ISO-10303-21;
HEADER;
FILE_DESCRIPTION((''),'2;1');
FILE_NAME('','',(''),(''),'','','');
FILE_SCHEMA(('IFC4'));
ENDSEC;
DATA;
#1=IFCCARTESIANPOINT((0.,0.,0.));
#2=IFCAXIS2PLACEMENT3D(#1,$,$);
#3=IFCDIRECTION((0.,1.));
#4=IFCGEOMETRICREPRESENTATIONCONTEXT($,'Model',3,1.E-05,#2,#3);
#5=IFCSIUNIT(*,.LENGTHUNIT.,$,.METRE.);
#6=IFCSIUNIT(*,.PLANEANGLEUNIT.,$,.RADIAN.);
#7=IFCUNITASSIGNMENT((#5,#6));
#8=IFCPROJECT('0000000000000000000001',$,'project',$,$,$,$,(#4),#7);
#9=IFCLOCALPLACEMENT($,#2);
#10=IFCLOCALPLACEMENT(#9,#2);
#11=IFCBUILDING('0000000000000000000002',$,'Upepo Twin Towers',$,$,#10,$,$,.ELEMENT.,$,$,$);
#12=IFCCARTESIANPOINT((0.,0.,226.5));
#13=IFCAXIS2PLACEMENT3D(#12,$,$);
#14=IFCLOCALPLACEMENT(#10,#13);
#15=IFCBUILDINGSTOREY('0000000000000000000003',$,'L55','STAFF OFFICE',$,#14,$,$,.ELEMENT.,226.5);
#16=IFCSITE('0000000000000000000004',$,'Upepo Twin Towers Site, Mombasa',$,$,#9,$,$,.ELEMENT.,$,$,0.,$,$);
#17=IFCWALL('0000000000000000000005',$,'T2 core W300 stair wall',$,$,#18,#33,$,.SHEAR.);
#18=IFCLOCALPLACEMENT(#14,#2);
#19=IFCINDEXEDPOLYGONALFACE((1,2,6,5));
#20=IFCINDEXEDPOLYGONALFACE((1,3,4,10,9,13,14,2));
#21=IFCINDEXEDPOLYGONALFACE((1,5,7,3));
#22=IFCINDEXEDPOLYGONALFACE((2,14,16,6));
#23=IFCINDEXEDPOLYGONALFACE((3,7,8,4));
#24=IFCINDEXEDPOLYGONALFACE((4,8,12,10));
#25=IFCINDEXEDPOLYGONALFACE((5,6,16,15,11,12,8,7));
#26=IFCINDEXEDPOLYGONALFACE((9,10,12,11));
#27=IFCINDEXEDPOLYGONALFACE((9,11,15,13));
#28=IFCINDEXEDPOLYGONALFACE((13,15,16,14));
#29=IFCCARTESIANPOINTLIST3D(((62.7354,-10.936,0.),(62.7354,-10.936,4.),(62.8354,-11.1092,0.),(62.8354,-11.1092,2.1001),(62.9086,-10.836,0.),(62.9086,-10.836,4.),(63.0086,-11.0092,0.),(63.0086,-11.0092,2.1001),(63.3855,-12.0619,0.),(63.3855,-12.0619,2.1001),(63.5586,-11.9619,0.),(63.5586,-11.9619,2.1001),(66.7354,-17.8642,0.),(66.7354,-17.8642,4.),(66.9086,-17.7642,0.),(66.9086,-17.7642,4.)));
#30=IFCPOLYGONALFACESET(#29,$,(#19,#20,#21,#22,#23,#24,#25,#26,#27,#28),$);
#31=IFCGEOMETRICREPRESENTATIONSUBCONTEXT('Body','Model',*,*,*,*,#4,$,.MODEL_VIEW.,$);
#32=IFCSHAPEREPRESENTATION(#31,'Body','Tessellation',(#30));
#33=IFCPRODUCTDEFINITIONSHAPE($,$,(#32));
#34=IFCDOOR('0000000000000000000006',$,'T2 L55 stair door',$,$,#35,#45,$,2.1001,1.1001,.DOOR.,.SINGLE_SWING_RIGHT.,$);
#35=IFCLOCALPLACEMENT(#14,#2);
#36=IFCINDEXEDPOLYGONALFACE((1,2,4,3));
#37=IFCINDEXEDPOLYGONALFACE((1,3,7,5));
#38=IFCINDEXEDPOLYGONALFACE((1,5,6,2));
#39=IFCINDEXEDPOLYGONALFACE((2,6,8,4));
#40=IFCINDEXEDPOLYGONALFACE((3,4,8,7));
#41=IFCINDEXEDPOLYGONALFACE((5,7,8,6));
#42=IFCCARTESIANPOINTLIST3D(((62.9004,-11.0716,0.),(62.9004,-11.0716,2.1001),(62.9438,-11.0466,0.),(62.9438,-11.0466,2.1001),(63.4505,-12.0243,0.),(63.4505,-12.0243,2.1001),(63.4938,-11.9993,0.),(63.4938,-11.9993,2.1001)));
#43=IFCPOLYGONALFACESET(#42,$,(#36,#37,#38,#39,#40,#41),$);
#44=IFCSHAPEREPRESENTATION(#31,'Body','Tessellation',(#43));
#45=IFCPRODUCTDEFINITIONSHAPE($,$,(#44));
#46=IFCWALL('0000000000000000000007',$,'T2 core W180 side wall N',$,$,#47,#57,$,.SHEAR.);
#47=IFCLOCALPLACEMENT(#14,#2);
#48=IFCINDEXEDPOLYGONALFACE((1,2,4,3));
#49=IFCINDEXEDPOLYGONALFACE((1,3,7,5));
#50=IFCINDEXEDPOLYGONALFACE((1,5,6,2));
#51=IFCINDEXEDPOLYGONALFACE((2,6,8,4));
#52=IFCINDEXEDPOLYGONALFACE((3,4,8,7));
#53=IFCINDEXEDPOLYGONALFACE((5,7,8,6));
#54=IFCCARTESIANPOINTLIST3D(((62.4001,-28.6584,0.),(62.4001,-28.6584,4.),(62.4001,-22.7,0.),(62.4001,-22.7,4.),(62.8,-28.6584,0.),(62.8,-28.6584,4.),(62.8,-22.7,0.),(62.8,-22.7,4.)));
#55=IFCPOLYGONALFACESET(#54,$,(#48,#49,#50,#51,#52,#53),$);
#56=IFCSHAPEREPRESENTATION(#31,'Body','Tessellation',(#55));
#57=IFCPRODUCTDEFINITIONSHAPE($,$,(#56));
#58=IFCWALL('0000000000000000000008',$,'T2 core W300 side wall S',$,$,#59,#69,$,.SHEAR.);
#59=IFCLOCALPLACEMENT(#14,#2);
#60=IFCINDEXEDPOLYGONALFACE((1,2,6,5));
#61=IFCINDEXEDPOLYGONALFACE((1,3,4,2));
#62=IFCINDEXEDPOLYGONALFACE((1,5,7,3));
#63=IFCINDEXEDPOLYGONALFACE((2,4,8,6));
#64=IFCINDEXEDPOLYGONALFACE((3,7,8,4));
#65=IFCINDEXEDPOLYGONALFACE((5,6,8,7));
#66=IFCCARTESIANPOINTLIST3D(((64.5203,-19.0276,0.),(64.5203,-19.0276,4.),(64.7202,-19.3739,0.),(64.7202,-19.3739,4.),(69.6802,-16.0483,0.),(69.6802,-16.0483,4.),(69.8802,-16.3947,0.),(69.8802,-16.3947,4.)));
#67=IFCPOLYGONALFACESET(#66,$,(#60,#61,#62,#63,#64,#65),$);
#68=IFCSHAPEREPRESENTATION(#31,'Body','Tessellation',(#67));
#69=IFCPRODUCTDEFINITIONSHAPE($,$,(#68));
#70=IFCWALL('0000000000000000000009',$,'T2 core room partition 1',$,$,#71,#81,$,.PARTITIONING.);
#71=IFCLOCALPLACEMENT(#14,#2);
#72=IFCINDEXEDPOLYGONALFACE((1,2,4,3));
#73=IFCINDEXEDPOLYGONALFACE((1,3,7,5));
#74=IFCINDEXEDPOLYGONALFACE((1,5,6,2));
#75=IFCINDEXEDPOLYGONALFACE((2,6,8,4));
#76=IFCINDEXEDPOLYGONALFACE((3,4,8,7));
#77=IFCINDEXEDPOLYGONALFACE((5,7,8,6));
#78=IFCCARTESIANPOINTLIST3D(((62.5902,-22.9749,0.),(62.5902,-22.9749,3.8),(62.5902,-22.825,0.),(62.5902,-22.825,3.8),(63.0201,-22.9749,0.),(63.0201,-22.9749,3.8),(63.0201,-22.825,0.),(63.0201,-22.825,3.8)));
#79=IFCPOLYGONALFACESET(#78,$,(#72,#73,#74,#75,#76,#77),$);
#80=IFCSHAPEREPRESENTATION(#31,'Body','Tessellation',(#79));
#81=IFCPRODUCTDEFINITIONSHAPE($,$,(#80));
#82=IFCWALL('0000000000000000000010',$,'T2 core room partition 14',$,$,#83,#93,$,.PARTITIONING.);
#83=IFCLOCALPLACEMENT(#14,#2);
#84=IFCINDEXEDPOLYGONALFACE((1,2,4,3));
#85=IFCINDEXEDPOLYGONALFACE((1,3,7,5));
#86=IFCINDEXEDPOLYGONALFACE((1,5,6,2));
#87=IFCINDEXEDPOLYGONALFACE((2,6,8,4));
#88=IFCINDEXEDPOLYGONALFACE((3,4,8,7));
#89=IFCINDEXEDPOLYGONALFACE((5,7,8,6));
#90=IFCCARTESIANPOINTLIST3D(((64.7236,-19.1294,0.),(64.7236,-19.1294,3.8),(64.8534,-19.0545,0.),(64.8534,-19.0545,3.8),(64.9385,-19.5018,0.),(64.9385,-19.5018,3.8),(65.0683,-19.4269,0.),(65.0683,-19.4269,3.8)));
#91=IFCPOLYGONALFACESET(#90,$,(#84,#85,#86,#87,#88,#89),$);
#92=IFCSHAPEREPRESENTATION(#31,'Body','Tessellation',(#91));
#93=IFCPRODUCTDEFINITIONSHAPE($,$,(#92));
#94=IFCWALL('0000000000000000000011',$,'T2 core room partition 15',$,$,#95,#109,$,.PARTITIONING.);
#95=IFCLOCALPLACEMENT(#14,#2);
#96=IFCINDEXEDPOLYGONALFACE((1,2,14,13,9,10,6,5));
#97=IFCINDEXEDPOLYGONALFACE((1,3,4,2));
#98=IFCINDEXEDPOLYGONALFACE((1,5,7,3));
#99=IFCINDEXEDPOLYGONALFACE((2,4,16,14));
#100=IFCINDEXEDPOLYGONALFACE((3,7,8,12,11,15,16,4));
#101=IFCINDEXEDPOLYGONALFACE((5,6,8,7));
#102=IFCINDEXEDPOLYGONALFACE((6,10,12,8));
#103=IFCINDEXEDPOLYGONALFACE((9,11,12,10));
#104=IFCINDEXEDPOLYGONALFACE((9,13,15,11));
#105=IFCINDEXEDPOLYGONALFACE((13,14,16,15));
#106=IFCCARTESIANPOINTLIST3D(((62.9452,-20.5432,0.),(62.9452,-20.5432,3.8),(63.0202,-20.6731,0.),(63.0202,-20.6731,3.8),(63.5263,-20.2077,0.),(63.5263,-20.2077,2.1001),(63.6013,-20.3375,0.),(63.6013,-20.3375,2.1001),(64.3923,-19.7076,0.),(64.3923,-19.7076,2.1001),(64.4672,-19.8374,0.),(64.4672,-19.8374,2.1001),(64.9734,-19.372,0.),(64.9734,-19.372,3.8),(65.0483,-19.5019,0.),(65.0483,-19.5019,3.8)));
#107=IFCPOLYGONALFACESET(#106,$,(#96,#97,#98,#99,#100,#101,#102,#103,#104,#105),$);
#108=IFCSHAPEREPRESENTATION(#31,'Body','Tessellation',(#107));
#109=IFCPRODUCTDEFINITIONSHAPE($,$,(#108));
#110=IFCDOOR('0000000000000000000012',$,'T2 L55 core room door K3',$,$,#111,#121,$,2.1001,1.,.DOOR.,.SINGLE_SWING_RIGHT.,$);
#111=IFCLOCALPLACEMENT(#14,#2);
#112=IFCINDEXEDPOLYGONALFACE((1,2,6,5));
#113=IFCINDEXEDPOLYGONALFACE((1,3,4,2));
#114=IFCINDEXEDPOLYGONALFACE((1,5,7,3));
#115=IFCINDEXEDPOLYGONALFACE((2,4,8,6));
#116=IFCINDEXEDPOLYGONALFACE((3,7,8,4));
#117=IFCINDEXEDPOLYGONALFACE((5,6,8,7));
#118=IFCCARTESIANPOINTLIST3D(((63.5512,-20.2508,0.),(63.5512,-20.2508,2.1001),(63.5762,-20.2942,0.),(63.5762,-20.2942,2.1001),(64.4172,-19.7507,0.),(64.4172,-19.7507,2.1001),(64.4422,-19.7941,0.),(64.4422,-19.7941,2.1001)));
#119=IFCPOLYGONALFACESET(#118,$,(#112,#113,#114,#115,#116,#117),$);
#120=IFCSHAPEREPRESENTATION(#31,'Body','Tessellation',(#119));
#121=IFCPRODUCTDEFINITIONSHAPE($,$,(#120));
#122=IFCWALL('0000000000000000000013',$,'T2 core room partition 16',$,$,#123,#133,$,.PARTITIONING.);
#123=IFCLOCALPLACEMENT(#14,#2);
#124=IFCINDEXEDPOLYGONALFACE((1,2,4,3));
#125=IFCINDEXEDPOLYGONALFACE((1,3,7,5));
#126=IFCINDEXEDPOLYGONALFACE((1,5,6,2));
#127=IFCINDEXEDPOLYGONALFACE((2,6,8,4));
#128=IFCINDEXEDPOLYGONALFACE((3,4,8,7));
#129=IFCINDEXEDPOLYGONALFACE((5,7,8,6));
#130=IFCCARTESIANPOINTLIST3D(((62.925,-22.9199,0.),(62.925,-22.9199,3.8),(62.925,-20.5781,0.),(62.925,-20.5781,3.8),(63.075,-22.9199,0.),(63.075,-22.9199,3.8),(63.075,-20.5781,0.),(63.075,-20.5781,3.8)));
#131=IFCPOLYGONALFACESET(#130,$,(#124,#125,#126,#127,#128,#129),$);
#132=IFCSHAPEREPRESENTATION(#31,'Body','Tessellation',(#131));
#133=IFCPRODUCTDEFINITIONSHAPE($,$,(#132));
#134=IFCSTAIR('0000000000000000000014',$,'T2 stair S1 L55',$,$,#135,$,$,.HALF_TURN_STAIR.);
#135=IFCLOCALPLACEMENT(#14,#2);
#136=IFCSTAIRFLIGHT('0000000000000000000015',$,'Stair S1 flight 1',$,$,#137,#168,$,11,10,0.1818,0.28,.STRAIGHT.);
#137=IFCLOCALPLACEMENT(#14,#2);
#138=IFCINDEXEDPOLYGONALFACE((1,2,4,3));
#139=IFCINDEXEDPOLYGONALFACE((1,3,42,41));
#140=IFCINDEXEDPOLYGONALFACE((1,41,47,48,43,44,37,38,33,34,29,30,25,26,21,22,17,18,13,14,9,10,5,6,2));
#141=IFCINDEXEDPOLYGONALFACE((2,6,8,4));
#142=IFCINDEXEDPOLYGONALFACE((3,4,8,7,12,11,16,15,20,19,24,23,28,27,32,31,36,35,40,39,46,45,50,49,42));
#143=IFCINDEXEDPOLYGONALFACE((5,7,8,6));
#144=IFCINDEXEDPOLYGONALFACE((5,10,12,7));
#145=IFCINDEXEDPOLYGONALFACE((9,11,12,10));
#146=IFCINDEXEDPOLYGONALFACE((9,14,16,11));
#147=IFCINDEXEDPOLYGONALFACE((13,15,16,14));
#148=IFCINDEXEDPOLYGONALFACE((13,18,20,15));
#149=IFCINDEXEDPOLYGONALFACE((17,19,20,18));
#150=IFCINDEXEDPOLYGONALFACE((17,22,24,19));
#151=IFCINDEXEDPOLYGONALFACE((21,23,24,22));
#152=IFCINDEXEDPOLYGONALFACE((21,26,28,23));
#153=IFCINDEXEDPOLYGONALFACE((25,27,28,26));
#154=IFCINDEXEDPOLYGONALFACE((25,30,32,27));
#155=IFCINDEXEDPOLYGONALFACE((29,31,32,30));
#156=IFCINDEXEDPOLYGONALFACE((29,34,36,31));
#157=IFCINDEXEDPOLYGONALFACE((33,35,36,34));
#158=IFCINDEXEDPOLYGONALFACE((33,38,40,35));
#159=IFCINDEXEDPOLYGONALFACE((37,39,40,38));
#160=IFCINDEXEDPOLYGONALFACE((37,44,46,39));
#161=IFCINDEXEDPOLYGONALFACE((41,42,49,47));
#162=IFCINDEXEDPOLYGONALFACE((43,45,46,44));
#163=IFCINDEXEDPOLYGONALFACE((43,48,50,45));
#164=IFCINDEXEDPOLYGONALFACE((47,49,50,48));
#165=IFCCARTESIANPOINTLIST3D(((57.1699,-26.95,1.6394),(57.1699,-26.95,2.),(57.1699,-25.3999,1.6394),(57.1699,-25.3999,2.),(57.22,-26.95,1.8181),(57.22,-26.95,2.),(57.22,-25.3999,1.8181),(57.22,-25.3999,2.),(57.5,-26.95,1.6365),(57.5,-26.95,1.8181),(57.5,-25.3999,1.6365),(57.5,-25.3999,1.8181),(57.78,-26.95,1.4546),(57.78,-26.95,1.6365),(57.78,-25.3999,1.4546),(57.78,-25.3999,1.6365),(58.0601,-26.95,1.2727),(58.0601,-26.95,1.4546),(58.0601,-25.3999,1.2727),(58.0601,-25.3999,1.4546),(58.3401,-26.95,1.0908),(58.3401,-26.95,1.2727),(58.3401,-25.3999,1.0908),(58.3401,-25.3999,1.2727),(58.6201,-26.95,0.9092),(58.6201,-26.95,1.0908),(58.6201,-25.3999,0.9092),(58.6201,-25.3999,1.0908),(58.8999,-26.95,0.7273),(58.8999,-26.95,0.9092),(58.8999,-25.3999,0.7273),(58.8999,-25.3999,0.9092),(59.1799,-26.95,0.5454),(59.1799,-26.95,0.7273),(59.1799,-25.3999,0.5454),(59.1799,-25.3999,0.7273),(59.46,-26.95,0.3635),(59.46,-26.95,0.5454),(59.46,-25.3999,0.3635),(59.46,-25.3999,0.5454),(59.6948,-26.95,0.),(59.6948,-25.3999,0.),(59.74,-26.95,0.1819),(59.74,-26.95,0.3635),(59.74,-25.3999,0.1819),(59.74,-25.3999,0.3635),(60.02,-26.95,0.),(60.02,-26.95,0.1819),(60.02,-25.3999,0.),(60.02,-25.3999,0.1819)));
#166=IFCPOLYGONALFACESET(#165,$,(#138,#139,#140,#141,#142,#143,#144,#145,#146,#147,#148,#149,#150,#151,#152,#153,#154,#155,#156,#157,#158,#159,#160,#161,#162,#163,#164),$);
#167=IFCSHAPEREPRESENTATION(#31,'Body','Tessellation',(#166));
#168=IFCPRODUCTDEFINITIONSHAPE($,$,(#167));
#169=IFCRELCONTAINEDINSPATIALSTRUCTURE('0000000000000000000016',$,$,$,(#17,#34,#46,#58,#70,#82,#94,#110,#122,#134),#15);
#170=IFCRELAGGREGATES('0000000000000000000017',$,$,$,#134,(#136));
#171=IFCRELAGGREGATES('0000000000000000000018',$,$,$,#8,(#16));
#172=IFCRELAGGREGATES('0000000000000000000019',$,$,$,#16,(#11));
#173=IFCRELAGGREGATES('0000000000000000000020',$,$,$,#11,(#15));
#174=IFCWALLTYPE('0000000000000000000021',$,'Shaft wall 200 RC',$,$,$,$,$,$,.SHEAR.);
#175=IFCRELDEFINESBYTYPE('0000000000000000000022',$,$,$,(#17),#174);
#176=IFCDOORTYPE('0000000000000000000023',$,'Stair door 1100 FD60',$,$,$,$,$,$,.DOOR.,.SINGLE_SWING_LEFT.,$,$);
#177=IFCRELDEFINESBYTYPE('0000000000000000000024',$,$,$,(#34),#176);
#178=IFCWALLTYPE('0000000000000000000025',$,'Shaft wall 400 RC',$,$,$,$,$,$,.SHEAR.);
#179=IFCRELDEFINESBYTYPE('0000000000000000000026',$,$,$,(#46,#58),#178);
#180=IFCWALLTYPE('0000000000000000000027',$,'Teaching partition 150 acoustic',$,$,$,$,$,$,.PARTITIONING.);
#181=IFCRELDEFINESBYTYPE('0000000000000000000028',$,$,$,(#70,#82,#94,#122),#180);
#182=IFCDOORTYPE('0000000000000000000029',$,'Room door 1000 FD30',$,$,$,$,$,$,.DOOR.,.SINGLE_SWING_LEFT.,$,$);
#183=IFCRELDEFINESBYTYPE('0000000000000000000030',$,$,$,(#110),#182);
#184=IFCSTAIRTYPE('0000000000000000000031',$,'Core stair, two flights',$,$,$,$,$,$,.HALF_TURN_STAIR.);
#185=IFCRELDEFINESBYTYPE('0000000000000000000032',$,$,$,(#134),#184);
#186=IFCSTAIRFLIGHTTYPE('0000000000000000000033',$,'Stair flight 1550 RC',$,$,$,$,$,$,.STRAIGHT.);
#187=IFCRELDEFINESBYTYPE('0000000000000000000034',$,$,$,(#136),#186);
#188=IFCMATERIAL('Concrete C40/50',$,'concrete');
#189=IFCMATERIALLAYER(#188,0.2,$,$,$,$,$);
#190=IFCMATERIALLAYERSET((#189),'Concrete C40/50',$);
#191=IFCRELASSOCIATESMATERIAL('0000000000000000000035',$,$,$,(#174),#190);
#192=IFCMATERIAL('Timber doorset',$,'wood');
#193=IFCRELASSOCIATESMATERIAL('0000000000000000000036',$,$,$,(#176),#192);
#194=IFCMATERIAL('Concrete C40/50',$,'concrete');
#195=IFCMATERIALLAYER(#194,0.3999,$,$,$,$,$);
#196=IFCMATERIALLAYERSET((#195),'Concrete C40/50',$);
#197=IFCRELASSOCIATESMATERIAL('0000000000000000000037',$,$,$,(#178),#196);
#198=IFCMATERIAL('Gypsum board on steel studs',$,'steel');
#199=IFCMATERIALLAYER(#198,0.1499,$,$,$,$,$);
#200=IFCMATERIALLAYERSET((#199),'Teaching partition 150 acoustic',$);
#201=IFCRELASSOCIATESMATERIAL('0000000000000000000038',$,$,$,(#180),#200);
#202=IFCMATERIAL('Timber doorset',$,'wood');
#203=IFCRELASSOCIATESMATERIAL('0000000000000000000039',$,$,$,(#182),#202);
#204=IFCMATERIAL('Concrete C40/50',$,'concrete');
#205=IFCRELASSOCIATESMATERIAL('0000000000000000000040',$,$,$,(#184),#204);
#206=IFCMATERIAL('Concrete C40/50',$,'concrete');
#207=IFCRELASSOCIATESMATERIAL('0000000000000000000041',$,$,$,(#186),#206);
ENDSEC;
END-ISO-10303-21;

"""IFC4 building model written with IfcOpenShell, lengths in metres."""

from ifc_helpers import new_model, si_unit, direction, frame, frame_2d, origin, place, context, subcontext, project, spatial, polyline, rectangle, outline, extrude, material, layer, layer_set, type_object, element, fill, aggregate, save


model = new_model("IFC4")

# Units and contexts
model_context = context("Model", 3, precision=1e-05, world=origin(), true_north=direction((0.0, 1.0)))
body_context = subcontext(model_context, "Body", "Model", "MODEL_VIEW")
ifc_project = project(units=[si_unit("LENGTHUNIT", "METRE"), si_unit("PLANEANGLEUNIT", "RADIAN")], contexts=[model_context])

# Site, building, storey
site_placement = place(None, origin())
site = spatial("IfcSite", under=ifc_project, at=site_placement, Name="Upepo Twin Towers Site, Mombasa", CompositionType="ELEMENT", RefElevation=0.0)
building_placement = place(site_placement, origin())
building = spatial("IfcBuilding", under=site, at=building_placement, Name="Upepo Twin Towers", CompositionType="ELEMENT")
storey_placement = place(building_placement, frame((0.0, 0.0, 226.5)))
storey = spatial("IfcBuildingStorey", under=building, at=storey_placement, Name="L55", Description="STAFF OFFICE", CompositionType="ELEMENT", Elevation=226.5)

# Shared definitions
ifc_material_1 = material(Name="Concrete C40/50", Category="concrete")
ifc_layer_1 = layer(ifc_material_1, 0.2)
ifc_layer_set_1 = layer_set([ifc_layer_1], Name="Concrete C40/50")
wall_type_1 = type_object("IfcWallType", Name="Shaft wall 200 RC", PredefinedType="SHEAR", material=ifc_layer_set_1)

# Wall, opening, door
wall_1_placement = place(storey_placement, frame((66.822, -17.8142, 0.0), z_axis=(0.0, 0.0, 1.0), x_axis=(-0.499999, 0.866026, 0.0)))
wall_1 = element("IfcWall", 1, at=wall_1_placement, inside=storey, type_object=wall_type_1, Name="T2 core W300 stair wall", PredefinedType="SHEAR", context=body_context, shape_type="SweptSolid", body=[
    extrude(rectangle(XDim=8.0, YDim=0.2, at=frame_2d((4.0, 0.0))), origin(), (0.0, 0.0, 1.0), 4.0),
])
opening_1_placement = place(wall_1_placement, frame((6.7, 0.0, 0.0)))
opening_1 = element("IfcOpeningElement", 2, at=opening_1_placement, cuts=wall_1, PredefinedType="OPENING", context=body_context, shape_type="SweptSolid", body=[
    extrude(rectangle(XDim=1.1001, YDim=2.1001, at=frame_2d((0.55, 1.05))), frame((0.0, 0.1099, 0.0), z_axis=(0.0, -1.0, 0.0), x_axis=(1.0, 0.0, 0.0)), (0.0, 0.0, 1.0), 0.22),
])
ifc_material_2 = material(Name="Timber doorset", Category="wood")
door_type_1 = type_object("IfcDoorType", Name="Stair door 1100 FD60", OperationType="SINGLE_SWING_LEFT", PredefinedType="DOOR", material=ifc_material_2)
door_1_placement = place(opening_1_placement, origin())
door_1 = element("IfcDoor", 3, at=door_1_placement, inside=storey, type_object=door_type_1, Name="T2 L55 stair door", OperationType="SINGLE_SWING_RIGHT", OverallHeight=2.1001, OverallWidth=1.1001, PredefinedType="DOOR", context=body_context, shape_type="SweptSolid", body=[
    extrude(rectangle(XDim=1.1001, YDim=2.1001, at=frame_2d((0.55, 1.05))), frame((0.0, 0.0249, 0.0), z_axis=(0.0, -1.0, 0.0), x_axis=(1.0, 0.0, 0.0)), (0.0, 0.0, 1.0), 0.05),
])
fill(opening_1, door_1)

# Walls
ifc_material_3 = material(Name="Concrete C40/50", Category="concrete")
ifc_layer_2 = layer(ifc_material_3, 0.3999)
ifc_layer_set_2 = layer_set([ifc_layer_2], Name="Concrete C40/50")
wall_type_2 = type_object("IfcWallType", Name="Shaft wall 400 RC", PredefinedType="SHEAR", material=ifc_layer_set_2)
wall_2_placement = place(storey_placement, frame((62.6001, -22.7, 0.0), z_axis=(0.0, 0.0, 1.0), x_axis=(0.0, -1.0, 0.0)))
element("IfcWall", 4, at=wall_2_placement, inside=storey, type_object=wall_type_2, Name="T2 core W180 side wall N", PredefinedType="SHEAR", context=body_context, shape_type="SweptSolid", body=[
    extrude(rectangle(XDim=5.9585, YDim=0.3999, at=frame_2d((2.9792, 0.0))), origin(), (0.0, 0.0, 1.0), 4.0),
])
wall_3_placement = place(storey_placement, frame((64.6204, -19.2007, 0.0), z_axis=(0.0, 0.0, 1.0), x_axis=(0.866013, 0.500022, 0.0)))
element("IfcWall", 5, at=wall_3_placement, inside=storey, type_object=wall_type_2, Name="T2 core W300 side wall S", PredefinedType="SHEAR", context=body_context, shape_type="SweptSolid", body=[
    extrude(rectangle(XDim=5.9583, YDim=0.3999, at=frame_2d((2.979, 0.0))), origin(), (0.0, 0.0, 1.0), 4.0),
])
ifc_material_4 = material(Name="Gypsum board on steel studs", Category="steel")
ifc_layer_3 = layer(ifc_material_4, 0.1499)
ifc_layer_set_3 = layer_set([ifc_layer_3], Name="Teaching partition 150 acoustic")
wall_type_3 = type_object("IfcWallType", Name="Teaching partition 150 acoustic", PredefinedType="PARTITIONING", material=ifc_layer_set_3)
for number, where, z_axis, x_axis, name in (
    (6, (63.02, -22.8999, 0.0), (0.0, 0.0, 1.0), (-1.0, 0.0, 0.0), "T2 core room partition 1"),
    (7, (64.7886, -19.092, 0.0), (0.0, 0.0, 1.0), (0.499804, -0.866138, 0.0), "T2 core room partition 14"),
):
    element("IfcWall", number, at=place(storey_placement, frame(where, z_axis=z_axis, x_axis=x_axis)), inside=storey, type_object=wall_type_3, Name=name, PredefinedType="PARTITIONING", context=body_context, shape_type="SweptSolid", body=[
        extrude(rectangle(XDim=0.4299, YDim=0.1499, at=frame_2d((0.2148, 0.0))), origin(), (0.0, 0.0, 1.0), 3.8),
    ])

# Wall, opening, door
wall_4_placement = place(storey_placement, frame((65.0107, -19.437, 0.0), z_axis=(0.0, 0.0, 1.0), x_axis=(-0.865982, -0.500074, 0.0)))
wall_4 = element("IfcWall", 8, at=wall_4_placement, inside=storey, type_object=wall_type_3, Name="T2 core room partition 15", PredefinedType="PARTITIONING", context=body_context, shape_type="SweptSolid", body=[
    extrude(rectangle(XDim=2.342, YDim=0.1499, at=frame_2d((1.1709, 0.0))), origin(), (0.0, 0.0, 1.0), 3.8),
])
opening_2_placement = place(wall_4_placement, frame((0.6709, 0.0, 0.0)))
opening_2 = element("IfcOpeningElement", 9, at=opening_2_placement, cuts=wall_4, PredefinedType="OPENING", context=body_context, shape_type="SweptSolid", body=[
    extrude(rectangle(XDim=1.0, YDim=2.1001, at=frame_2d((0.5, 1.05))), frame((0.0, 0.085, 0.0), z_axis=(0.0, -1.0, 0.0), x_axis=(1.0, 0.0, 0.0)), (0.0, 0.0, 1.0), 0.1699),
])
ifc_material_5 = material(Name="Timber doorset", Category="wood")
door_type_2 = type_object("IfcDoorType", Name="Room door 1000 FD30", OperationType="SINGLE_SWING_LEFT", PredefinedType="DOOR", material=ifc_material_5)
door_2_placement = place(opening_2_placement, origin())
door_2 = element("IfcDoor", 10, at=door_2_placement, inside=storey, type_object=door_type_2, Name="T2 L55 core room door K3", OperationType="SINGLE_SWING_RIGHT", OverallHeight=2.1001, OverallWidth=1.0, PredefinedType="DOOR", context=body_context, shape_type="SweptSolid", body=[
    extrude(rectangle(XDim=1.0, YDim=2.1001, at=frame_2d((0.5, 1.05))), frame((0.0, 0.0249, 0.0), z_axis=(0.0, -1.0, 0.0), x_axis=(1.0, 0.0, 0.0)), (0.0, 0.0, 1.0), 0.05),
])
fill(opening_2, door_2)

# Wall
wall_5_placement = place(storey_placement, frame((63.0, -20.5781, 0.0), z_axis=(0.0, 0.0, 1.0), x_axis=(0.0, -1.0, 0.0)))
element("IfcWall", 11, at=wall_5_placement, inside=storey, type_object=wall_type_3, Name="T2 core room partition 16", PredefinedType="PARTITIONING", context=body_context, shape_type="SweptSolid", body=[
    extrude(rectangle(XDim=2.3418, YDim=0.1499, at=frame_2d((1.1709, 0.0))), origin(), (0.0, 0.0, 1.0), 3.8),
])

# Stair, stair flight
ifc_material_6 = material(Name="Concrete C40/50", Category="concrete")
stair_type = type_object("IfcStairType", Name="Core stair, two flights", PredefinedType="HALF_TURN_STAIR", material=ifc_material_6)
stair_placement = place(storey_placement, origin())
stair = element("IfcStair", 12, at=stair_placement, inside=storey, type_object=stair_type, Name="T2 stair S1 L55", PredefinedType="HALF_TURN_STAIR")
ifc_material_7 = material(Name="Concrete C40/50", Category="concrete")
stair_flight_type = type_object("IfcStairFlightType", Name="Stair flight 1550 RC", PredefinedType="STRAIGHT", material=ifc_material_7)
stair_flight_placement = place(storey_placement, frame((60.02, -26.175, 0.0), z_axis=(0.0, 0.0, 1.0), x_axis=(-1.0, 0.0, 0.0)))
stair_flight = element("IfcStairFlight", 13, at=stair_flight_placement, type_object=stair_flight_type, Name="Stair S1 flight 1", NumberOfRisers=11, NumberOfTreads=10, PredefinedType="STRAIGHT", RiserHeight=0.1818, TreadLength=0.28, context=body_context, shape_type="SweptSolid", body=[
    extrude(outline(polyline([(0.0, 0.0), (0.0, 0.1819), (0.28, 0.1819), (0.28, 0.3635), (0.5601, 0.3635), (0.5601, 0.5454), (0.8401, 0.5454), (0.8401, 0.7273), (1.1201, 0.7273), (1.1201, 0.9092), (1.3999, 0.9092), (1.3999, 1.0908), (1.6799, 1.0908), (1.6799, 1.2727), (1.96, 1.2727), (1.96, 1.4546), (2.24, 1.4546), (2.24, 1.6365), (2.52, 1.6365), (2.52, 1.8181), (2.8, 1.8181), (2.8, 2.0), (2.8501, 2.0), (2.8501, 1.6394), (0.3252, 0.0), (0.0, 0.0)])), frame((0.0, 0.7749, 0.0), z_axis=(0.0, -1.0, 0.0), x_axis=(1.0, 0.0, 0.0)), (0.0, 0.0, 1.0), 1.55),
])
aggregate(stair, [stair_flight])

save(model, "model.ifc")
